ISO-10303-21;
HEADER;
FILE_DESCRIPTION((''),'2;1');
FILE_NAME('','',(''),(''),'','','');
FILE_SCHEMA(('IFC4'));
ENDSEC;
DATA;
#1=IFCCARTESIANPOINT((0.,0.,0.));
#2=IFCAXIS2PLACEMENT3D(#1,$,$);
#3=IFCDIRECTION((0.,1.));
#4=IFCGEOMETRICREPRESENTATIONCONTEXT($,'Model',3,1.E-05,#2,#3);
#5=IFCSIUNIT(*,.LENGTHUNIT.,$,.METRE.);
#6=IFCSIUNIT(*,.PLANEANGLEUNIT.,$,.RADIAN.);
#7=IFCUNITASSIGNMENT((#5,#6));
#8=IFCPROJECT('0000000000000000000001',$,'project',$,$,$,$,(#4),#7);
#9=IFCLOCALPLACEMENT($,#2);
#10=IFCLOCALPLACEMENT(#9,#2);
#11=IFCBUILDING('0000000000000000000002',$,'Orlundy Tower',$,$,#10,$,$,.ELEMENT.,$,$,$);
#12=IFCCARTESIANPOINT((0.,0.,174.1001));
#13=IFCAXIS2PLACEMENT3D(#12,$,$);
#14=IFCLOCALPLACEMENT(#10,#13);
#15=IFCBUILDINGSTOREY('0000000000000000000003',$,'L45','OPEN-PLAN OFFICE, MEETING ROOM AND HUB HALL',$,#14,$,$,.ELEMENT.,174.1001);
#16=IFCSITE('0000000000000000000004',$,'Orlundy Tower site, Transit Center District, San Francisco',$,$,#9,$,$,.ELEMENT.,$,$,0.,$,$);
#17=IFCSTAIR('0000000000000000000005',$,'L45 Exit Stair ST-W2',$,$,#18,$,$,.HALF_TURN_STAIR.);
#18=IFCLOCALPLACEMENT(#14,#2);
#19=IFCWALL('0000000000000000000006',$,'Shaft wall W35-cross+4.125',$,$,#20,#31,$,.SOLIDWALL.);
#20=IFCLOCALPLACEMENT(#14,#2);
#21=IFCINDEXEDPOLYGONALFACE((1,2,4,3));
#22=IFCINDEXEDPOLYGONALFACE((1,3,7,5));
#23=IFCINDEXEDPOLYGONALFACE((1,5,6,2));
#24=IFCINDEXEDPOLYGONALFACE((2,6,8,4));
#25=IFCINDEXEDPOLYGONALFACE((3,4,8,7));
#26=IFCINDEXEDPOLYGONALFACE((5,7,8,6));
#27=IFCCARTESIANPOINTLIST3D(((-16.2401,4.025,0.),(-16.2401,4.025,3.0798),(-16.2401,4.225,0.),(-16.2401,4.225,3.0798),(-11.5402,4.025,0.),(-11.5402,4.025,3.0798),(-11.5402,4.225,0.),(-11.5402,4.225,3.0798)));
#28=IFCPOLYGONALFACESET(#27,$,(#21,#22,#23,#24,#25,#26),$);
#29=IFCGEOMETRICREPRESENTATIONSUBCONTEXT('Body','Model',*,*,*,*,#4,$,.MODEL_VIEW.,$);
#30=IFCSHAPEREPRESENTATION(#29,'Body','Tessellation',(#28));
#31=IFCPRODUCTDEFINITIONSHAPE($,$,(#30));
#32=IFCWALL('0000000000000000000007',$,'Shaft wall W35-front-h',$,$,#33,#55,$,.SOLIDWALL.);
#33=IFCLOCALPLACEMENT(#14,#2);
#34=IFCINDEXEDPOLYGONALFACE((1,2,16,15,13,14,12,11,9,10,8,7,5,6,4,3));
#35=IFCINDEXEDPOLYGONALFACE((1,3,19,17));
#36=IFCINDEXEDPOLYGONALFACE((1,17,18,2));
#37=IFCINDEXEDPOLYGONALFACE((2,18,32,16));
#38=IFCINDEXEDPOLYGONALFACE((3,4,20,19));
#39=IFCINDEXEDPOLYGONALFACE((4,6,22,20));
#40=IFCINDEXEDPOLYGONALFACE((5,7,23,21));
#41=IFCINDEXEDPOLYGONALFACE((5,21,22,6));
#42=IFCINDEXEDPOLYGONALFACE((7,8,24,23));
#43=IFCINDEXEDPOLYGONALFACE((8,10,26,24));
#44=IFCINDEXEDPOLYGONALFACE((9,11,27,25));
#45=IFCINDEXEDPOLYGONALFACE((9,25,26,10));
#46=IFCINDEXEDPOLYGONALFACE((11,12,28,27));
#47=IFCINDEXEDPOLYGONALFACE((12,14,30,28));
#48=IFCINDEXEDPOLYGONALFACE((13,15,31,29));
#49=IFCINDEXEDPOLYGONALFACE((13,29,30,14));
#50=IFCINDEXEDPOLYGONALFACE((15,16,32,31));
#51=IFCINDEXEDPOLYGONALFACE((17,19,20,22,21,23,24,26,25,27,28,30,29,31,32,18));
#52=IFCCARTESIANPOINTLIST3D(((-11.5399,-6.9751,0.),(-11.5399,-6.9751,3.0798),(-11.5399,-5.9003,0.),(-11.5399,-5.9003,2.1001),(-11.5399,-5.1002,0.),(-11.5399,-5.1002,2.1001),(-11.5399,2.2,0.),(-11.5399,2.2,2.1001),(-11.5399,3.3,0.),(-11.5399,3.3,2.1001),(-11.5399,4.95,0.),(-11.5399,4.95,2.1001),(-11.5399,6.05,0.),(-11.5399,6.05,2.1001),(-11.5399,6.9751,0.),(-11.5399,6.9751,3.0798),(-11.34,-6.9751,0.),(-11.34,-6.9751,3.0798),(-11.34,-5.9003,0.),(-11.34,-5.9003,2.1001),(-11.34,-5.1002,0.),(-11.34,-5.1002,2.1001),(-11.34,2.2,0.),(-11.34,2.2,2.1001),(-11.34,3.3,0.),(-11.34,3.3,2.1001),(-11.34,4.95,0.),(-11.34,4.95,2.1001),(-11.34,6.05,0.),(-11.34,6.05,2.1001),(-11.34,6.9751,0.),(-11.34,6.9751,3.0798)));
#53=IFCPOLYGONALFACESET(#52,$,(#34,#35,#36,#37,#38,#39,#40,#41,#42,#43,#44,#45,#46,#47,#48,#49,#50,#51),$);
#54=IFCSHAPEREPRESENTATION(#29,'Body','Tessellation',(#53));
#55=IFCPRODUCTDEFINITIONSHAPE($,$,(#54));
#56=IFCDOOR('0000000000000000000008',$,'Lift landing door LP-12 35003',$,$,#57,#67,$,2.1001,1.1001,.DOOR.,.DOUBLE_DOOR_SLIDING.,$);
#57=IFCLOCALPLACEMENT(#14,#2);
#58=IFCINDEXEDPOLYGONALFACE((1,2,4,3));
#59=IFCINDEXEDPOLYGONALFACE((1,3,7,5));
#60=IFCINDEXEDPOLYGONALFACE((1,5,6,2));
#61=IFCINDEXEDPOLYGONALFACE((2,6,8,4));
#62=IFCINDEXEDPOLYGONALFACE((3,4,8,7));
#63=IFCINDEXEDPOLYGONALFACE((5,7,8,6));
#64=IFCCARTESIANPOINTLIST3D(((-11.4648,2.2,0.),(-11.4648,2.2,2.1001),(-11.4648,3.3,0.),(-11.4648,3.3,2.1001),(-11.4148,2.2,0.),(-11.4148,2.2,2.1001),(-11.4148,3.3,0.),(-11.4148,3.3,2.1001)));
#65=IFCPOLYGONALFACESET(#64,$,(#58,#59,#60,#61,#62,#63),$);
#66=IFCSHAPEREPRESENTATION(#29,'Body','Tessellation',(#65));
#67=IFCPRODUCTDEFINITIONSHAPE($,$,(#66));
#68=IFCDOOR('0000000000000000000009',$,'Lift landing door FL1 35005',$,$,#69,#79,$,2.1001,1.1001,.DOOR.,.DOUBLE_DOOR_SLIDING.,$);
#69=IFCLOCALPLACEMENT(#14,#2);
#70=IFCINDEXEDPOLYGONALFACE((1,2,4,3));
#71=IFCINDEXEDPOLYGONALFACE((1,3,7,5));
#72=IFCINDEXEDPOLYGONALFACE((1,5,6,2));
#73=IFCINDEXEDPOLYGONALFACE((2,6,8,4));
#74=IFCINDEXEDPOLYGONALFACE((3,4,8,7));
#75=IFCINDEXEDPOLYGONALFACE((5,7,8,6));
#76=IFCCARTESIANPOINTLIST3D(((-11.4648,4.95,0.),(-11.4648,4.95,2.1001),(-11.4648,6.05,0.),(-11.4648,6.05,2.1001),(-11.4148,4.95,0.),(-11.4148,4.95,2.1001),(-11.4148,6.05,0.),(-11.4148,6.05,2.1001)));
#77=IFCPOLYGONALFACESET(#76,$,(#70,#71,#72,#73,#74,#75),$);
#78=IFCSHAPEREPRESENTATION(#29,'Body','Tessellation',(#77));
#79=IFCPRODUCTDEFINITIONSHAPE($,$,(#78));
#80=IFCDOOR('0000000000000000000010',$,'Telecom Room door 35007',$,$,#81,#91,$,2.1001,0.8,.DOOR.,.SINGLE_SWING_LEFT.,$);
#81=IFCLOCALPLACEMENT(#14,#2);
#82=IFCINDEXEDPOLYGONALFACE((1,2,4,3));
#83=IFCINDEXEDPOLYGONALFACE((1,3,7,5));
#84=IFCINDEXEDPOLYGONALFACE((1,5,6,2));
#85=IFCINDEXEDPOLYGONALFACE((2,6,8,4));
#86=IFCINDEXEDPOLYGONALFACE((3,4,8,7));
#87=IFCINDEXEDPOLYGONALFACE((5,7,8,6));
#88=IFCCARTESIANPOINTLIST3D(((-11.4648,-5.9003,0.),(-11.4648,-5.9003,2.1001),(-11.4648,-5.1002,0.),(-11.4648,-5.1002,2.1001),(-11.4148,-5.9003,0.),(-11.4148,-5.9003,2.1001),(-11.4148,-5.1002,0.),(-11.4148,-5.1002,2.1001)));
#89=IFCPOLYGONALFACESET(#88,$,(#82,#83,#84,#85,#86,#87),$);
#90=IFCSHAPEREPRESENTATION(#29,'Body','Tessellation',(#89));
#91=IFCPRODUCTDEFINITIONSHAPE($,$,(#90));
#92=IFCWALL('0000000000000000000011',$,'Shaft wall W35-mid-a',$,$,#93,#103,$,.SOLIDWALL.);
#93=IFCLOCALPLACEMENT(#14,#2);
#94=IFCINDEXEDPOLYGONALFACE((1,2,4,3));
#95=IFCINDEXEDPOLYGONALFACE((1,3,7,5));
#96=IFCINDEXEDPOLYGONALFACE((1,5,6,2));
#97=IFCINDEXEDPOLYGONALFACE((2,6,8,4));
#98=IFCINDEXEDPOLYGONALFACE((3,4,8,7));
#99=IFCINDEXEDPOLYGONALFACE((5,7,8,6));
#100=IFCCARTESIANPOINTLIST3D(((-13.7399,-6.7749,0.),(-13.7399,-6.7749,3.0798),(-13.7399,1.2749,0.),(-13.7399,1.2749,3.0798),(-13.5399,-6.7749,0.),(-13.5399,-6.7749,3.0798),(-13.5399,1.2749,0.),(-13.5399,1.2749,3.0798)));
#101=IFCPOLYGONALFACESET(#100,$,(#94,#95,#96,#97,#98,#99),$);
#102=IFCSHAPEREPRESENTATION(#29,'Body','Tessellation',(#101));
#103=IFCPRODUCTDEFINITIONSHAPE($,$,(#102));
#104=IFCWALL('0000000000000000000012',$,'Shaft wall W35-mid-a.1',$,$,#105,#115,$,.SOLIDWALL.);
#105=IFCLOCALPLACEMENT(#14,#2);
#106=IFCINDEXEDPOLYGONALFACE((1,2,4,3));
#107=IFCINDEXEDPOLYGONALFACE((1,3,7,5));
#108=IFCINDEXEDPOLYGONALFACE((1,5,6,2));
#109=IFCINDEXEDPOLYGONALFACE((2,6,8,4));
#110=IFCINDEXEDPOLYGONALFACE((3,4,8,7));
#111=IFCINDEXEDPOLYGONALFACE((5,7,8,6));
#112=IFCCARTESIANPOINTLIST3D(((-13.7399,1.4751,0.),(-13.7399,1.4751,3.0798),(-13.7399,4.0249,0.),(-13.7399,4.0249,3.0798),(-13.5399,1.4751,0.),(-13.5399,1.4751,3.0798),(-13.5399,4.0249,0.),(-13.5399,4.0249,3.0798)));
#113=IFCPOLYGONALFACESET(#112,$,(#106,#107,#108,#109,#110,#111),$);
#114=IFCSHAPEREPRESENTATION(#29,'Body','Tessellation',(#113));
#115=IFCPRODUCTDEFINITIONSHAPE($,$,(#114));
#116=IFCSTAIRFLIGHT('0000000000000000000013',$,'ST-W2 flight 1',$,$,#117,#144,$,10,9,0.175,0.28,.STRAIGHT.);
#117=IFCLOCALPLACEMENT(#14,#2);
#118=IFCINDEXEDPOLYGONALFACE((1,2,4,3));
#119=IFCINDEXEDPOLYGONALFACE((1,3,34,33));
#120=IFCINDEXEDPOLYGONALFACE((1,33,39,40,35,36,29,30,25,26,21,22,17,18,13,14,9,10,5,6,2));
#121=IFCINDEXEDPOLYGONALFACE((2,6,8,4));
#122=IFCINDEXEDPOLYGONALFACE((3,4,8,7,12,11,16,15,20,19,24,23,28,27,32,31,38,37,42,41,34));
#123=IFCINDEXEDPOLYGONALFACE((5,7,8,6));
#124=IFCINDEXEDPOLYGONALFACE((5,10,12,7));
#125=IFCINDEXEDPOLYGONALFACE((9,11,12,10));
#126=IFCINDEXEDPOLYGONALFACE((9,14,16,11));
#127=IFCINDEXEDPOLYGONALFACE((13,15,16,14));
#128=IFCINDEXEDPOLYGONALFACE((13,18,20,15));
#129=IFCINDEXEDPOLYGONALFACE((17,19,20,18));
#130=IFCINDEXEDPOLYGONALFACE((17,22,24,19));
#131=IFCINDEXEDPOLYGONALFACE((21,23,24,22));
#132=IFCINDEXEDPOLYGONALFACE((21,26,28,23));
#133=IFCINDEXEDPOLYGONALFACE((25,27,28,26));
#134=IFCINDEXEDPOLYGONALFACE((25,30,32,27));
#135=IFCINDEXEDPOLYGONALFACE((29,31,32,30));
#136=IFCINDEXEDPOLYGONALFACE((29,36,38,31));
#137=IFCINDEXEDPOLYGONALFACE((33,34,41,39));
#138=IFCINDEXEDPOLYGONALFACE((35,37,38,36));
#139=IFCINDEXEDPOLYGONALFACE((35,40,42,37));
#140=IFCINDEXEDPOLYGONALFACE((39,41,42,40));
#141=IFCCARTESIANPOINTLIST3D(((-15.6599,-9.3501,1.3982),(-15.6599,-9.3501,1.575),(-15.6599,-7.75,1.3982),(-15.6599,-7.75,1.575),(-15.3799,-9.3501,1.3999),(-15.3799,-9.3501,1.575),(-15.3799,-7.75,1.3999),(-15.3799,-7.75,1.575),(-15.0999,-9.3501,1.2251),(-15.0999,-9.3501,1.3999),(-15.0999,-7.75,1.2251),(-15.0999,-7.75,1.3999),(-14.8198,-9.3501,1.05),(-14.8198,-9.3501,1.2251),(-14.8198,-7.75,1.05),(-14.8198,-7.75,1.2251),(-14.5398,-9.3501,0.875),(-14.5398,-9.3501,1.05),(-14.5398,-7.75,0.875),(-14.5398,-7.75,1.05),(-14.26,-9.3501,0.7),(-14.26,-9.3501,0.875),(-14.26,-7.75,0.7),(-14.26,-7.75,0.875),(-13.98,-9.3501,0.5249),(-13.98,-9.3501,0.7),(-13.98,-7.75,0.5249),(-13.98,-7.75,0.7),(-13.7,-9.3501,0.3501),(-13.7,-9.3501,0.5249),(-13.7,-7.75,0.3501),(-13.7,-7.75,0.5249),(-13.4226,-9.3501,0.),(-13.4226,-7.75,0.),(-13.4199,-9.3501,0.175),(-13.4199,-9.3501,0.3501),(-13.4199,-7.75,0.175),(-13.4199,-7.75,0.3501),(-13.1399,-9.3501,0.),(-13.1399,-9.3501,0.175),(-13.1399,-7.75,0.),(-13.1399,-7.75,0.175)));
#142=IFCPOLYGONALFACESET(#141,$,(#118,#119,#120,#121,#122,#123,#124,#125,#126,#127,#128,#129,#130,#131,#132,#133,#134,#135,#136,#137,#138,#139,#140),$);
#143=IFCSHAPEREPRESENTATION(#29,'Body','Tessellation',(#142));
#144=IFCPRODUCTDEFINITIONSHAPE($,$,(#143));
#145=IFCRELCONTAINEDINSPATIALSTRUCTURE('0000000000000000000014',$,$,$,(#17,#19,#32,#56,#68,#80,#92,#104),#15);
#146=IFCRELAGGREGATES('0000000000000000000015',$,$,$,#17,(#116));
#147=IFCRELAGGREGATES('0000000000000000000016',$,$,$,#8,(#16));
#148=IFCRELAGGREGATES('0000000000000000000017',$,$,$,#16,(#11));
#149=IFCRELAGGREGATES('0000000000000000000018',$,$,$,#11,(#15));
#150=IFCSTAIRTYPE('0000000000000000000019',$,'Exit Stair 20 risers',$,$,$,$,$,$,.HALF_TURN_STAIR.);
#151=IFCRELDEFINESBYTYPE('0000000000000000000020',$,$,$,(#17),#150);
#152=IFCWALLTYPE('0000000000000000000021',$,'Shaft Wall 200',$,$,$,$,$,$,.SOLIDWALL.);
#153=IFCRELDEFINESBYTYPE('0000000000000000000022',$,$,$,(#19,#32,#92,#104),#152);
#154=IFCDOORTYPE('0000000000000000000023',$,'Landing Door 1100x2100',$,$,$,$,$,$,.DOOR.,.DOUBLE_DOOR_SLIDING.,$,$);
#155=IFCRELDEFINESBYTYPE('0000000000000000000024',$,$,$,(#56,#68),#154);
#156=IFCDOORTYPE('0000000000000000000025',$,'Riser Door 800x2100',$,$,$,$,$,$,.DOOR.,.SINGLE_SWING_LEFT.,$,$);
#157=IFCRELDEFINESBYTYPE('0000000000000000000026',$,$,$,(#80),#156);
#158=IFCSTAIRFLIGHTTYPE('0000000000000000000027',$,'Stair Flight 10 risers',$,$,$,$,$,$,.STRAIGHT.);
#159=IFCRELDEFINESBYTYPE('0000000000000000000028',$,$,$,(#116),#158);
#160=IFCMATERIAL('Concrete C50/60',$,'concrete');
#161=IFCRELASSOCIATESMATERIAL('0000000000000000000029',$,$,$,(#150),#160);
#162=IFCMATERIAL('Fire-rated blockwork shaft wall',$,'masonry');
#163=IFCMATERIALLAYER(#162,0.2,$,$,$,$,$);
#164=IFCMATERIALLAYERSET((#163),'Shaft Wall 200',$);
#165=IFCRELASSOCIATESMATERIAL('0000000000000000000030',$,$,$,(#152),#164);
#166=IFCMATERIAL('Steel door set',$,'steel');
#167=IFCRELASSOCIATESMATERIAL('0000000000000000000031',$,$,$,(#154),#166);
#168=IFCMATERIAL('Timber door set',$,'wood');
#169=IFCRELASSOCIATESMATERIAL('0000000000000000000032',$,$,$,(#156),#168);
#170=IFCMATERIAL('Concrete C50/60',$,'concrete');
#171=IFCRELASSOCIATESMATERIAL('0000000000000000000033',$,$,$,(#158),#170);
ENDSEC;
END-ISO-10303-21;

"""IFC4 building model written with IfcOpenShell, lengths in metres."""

from ifc_helpers import new_model, si_unit, direction, frame, frame_2d, origin, place, context, subcontext, project, spatial, polyline, rectangle, outline, extrude, material, layer, layer_set, type_object, element, fill, aggregate, save


model = new_model("IFC4")

# Units and contexts
model_context = context("Model", 3, precision=1e-05, world=origin(), true_north=direction((0.0, 1.0)))
body_context = subcontext(model_context, "Body", "Model", "MODEL_VIEW")
ifc_project = project(units=[si_unit("LENGTHUNIT", "METRE"), si_unit("PLANEANGLEUNIT", "RADIAN")], contexts=[model_context])

# Site, building, storey
site_placement = place(None, origin())
site = spatial("IfcSite", under=ifc_project, at=site_placement, Name="Orlundy Tower site, Transit Center District, San Francisco", CompositionType="ELEMENT", RefElevation=0.0)
building_placement = place(site_placement, origin())
building = spatial("IfcBuilding", under=site, at=building_placement, Name="Orlundy Tower", CompositionType="ELEMENT")
storey_placement = place(building_placement, frame((0.0, 0.0, 174.1001)))
storey = spatial("IfcBuildingStorey", under=building, at=storey_placement, Name="L45", Description="OPEN-PLAN OFFICE, MEETING ROOM AND HUB HALL", CompositionType="ELEMENT", Elevation=174.1001)

# Stair
ifc_material_1 = material(Name="Concrete C50/60", Category="concrete")
stair_type = type_object("IfcStairType", Name="Exit Stair 20 risers", PredefinedType="HALF_TURN_STAIR", material=ifc_material_1)
stair_1_placement = place(storey_placement, origin())
stair_1 = element("IfcStair", 1, at=stair_1_placement, inside=storey, type_object=stair_type, Name="L45 Exit Stair ST-W2", PredefinedType="HALF_TURN_STAIR")

# Wall
ifc_material_2 = material(Name="Fire-rated blockwork shaft wall", Category="masonry")
ifc_layer_1 = layer(ifc_material_2, 0.2)
ifc_layer_set_1 = layer_set([ifc_layer_1], Name="Shaft Wall 200")
wall_type_1 = type_object("IfcWallType", Name="Shaft Wall 200", PredefinedType="SOLIDWALL", material=ifc_layer_set_1)
wall_1_placement = place(storey_placement, frame((-11.54, 4.125, 0.0), z_axis=(0.0, 0.0, 1.0), x_axis=(-1.0, 0.0, 0.0)))
element("IfcWall", 2, at=wall_1_placement, inside=storey, type_object=wall_type_1, Name="Shaft wall W35-cross+4.125", PredefinedType="SOLIDWALL", context=body_context, shape_type="SweptSolid", body=[
    extrude(rectangle(XDim=4.7, YDim=0.2, at=frame_2d((2.3501, 0.0))), origin(), (0.0, 0.0, 1.0), 3.0798),
])

# Wall, openings, doors
wall_2_placement = place(storey_placement, frame((-11.4399, -6.9751, 0.0), z_axis=(0.0, 0.0, 1.0), x_axis=(0.0, 1.0, 0.0)))
wall_2 = element("IfcWall", 3, at=wall_2_placement, inside=storey, type_object=wall_type_1, Name="Shaft wall W35-front-h", PredefinedType="SOLIDWALL", context=body_context, shape_type="SweptSolid", body=[
    extrude(rectangle(XDim=13.9502, YDim=0.2, at=frame_2d((6.9751, 0.0))), origin(), (0.0, 0.0, 1.0), 3.0798),
])
opening_1_placement = place(wall_2_placement, frame((9.175, 0.0, 0.0)))
opening_1 = element("IfcOpeningElement", 4, at=opening_1_placement, cuts=wall_2, PredefinedType="OPENING", context=body_context, shape_type="SweptSolid", body=[
    extrude(rectangle(XDim=1.1001, YDim=2.1001, at=frame_2d((0.55, 1.05))), frame((0.0, 0.1101, 0.0), z_axis=(0.0, -1.0, 0.0), x_axis=(1.0, 0.0, 0.0)), (0.0, 0.0, 1.0), 0.2202),
])
opening_2_placement = place(wall_2_placement, frame((11.925, 0.0, 0.0)))
opening_2 = element("IfcOpeningElement", 5, at=opening_2_placement, cuts=wall_2, PredefinedType="OPENING", context=body_context, shape_type="SweptSolid", body=[
    extrude(rectangle(XDim=1.1001, YDim=2.1001, at=frame_2d((0.55, 1.05))), frame((0.0, 0.1101, 0.0), z_axis=(0.0, -1.0, 0.0), x_axis=(1.0, 0.0, 0.0)), (0.0, 0.0, 1.0), 0.2202),
])
opening_3_placement = place(wall_2_placement, frame((1.075, 0.0, 0.0)))
opening_3 = element("IfcOpeningElement", 6, at=opening_3_placement, cuts=wall_2, PredefinedType="OPENING", context=body_context, shape_type="SweptSolid", body=[
    extrude(rectangle(XDim=0.8, YDim=2.1001, at=frame_2d((0.3999, 1.05))), frame((0.0, 0.1101, 0.0), z_axis=(0.0, -1.0, 0.0), x_axis=(1.0, 0.0, 0.0)), (0.0, 0.0, 1.0), 0.2202),
])
ifc_material_3 = material(Name="Steel door set", Category="steel")
door_type_1 = type_object("IfcDoorType", Name="Landing Door 1100x2100", OperationType="DOUBLE_DOOR_SLIDING", PredefinedType="DOOR", material=ifc_material_3)
door_1_placement = place(opening_1_placement, origin())
door_1 = element("IfcDoor", 7, at=door_1_placement, inside=storey, type_object=door_type_1, Name="Lift landing door LP-12 35003", OperationType="DOUBLE_DOOR_SLIDING", OverallHeight=2.1001, OverallWidth=1.1001, PredefinedType="DOOR", context=body_context, shape_type="SweptSolid", body=[
    extrude(rectangle(XDim=1.1001, YDim=2.1001, at=frame_2d((0.55, 1.05))), frame((0.0, 0.0249, 0.0), z_axis=(0.0, -1.0, 0.0), x_axis=(1.0, 0.0, 0.0)), (0.0, 0.0, 1.0), 0.05),
])
fill(opening_1, door_1)
door_2_placement = place(opening_2_placement, origin())
door_2 = element("IfcDoor", 8, at=door_2_placement, inside=storey, type_object=door_type_1, Name="Lift landing door FL1 35005", OperationType="DOUBLE_DOOR_SLIDING", OverallHeight=2.1001, OverallWidth=1.1001, PredefinedType="DOOR", context=body_context, shape_type="SweptSolid", body=[
    extrude(rectangle(XDim=1.1001, YDim=2.1001, at=frame_2d((0.55, 1.05))), frame((0.0, 0.0249, 0.0), z_axis=(0.0, -1.0, 0.0), x_axis=(1.0, 0.0, 0.0)), (0.0, 0.0, 1.0), 0.05),
])
fill(opening_2, door_2)
ifc_material_4 = material(Name="Timber door set", Category="wood")
door_type_2 = type_object("IfcDoorType", Name="Riser Door 800x2100", OperationType="SINGLE_SWING_LEFT", PredefinedType="DOOR", material=ifc_material_4)
door_3_placement = place(opening_3_placement, origin())
door_3 = element("IfcDoor", 9, at=door_3_placement, inside=storey, type_object=door_type_2, Name="Telecom Room door 35007", OperationType="SINGLE_SWING_LEFT", OverallHeight=2.1001, OverallWidth=0.8, PredefinedType="DOOR", context=body_context, shape_type="SweptSolid", body=[
    extrude(rectangle(XDim=0.8, YDim=2.1001, at=frame_2d((0.3999, 1.05))), frame((0.0, 0.0249, 0.0), z_axis=(0.0, -1.0, 0.0), x_axis=(1.0, 0.0, 0.0)), (0.0, 0.0, 1.0), 0.05),
])
fill(opening_3, door_3)

# Walls
wall_3_placement = place(storey_placement, frame((-13.6399, -6.7749, 0.0), z_axis=(0.0, 0.0, 1.0), x_axis=(0.0, 1.0, 0.0)))
element("IfcWall", 10, at=wall_3_placement, inside=storey, type_object=wall_type_1, Name="Shaft wall W35-mid-a", PredefinedType="SOLIDWALL", context=body_context, shape_type="SweptSolid", body=[
    extrude(rectangle(XDim=8.0498, YDim=0.2, at=frame_2d((4.0249, 0.0))), origin(), (0.0, 0.0, 1.0), 3.0798),
])
wall_4_placement = place(storey_placement, frame((-13.6399, 1.4751, 0.0), z_axis=(0.0, 0.0, 1.0), x_axis=(0.0, 1.0, 0.0)))
element("IfcWall", 11, at=wall_4_placement, inside=storey, type_object=wall_type_1, Name="Shaft wall W35-mid-a.1", PredefinedType="SOLIDWALL", context=body_context, shape_type="SweptSolid", body=[
    extrude(rectangle(XDim=2.5498, YDim=0.2, at=frame_2d((1.2749, 0.0))), origin(), (0.0, 0.0, 1.0), 3.0798),
])

# Stair flight
ifc_material_5 = material(Name="Concrete C50/60", Category="concrete")
stair_flight_type = type_object("IfcStairFlightType", Name="Stair Flight 10 risers", PredefinedType="STRAIGHT", material=ifc_material_5)
stair_flight_placement = place(storey_placement, frame((-13.1399, -8.55, 0.0), z_axis=(0.0, 0.0, 1.0), x_axis=(-1.0, 0.0, 0.0)))
stair_flight = element("IfcStairFlight", 12, at=stair_flight_placement, type_object=stair_flight_type, Name="ST-W2 flight 1", NumberOfRisers=10, NumberOfTreads=9, PredefinedType="STRAIGHT", RiserHeight=0.175, TreadLength=0.28, context=body_context, shape_type="SweptSolid", body=[
    extrude(outline(polyline([(0.0, 0.0), (0.0, 0.175), (0.28, 0.175), (0.28, 0.3501), (0.5601, 0.3501), (0.5601, 0.5249), (0.8401, 0.5249), (0.8401, 0.7), (1.1201, 0.7), (1.1201, 0.875), (1.3999, 0.875), (1.3999, 1.05), (1.6799, 1.05), (1.6799, 1.2251), (1.96, 1.2251), (1.96, 1.3999), (2.24, 1.3999), (2.24, 1.575), (2.52, 1.575), (2.52, 1.75), (2.52, 1.3982), (0.2827, 0.0), (0.0, 0.0)])), frame((0.0, 0.8, 0.0), z_axis=(0.0, -1.0, 0.0), x_axis=(1.0, 0.0, 0.0)), (0.0, 0.0, 1.0), 1.6001),
])
aggregate(stair_1, [stair_flight])

save(model, "model.ifc")
